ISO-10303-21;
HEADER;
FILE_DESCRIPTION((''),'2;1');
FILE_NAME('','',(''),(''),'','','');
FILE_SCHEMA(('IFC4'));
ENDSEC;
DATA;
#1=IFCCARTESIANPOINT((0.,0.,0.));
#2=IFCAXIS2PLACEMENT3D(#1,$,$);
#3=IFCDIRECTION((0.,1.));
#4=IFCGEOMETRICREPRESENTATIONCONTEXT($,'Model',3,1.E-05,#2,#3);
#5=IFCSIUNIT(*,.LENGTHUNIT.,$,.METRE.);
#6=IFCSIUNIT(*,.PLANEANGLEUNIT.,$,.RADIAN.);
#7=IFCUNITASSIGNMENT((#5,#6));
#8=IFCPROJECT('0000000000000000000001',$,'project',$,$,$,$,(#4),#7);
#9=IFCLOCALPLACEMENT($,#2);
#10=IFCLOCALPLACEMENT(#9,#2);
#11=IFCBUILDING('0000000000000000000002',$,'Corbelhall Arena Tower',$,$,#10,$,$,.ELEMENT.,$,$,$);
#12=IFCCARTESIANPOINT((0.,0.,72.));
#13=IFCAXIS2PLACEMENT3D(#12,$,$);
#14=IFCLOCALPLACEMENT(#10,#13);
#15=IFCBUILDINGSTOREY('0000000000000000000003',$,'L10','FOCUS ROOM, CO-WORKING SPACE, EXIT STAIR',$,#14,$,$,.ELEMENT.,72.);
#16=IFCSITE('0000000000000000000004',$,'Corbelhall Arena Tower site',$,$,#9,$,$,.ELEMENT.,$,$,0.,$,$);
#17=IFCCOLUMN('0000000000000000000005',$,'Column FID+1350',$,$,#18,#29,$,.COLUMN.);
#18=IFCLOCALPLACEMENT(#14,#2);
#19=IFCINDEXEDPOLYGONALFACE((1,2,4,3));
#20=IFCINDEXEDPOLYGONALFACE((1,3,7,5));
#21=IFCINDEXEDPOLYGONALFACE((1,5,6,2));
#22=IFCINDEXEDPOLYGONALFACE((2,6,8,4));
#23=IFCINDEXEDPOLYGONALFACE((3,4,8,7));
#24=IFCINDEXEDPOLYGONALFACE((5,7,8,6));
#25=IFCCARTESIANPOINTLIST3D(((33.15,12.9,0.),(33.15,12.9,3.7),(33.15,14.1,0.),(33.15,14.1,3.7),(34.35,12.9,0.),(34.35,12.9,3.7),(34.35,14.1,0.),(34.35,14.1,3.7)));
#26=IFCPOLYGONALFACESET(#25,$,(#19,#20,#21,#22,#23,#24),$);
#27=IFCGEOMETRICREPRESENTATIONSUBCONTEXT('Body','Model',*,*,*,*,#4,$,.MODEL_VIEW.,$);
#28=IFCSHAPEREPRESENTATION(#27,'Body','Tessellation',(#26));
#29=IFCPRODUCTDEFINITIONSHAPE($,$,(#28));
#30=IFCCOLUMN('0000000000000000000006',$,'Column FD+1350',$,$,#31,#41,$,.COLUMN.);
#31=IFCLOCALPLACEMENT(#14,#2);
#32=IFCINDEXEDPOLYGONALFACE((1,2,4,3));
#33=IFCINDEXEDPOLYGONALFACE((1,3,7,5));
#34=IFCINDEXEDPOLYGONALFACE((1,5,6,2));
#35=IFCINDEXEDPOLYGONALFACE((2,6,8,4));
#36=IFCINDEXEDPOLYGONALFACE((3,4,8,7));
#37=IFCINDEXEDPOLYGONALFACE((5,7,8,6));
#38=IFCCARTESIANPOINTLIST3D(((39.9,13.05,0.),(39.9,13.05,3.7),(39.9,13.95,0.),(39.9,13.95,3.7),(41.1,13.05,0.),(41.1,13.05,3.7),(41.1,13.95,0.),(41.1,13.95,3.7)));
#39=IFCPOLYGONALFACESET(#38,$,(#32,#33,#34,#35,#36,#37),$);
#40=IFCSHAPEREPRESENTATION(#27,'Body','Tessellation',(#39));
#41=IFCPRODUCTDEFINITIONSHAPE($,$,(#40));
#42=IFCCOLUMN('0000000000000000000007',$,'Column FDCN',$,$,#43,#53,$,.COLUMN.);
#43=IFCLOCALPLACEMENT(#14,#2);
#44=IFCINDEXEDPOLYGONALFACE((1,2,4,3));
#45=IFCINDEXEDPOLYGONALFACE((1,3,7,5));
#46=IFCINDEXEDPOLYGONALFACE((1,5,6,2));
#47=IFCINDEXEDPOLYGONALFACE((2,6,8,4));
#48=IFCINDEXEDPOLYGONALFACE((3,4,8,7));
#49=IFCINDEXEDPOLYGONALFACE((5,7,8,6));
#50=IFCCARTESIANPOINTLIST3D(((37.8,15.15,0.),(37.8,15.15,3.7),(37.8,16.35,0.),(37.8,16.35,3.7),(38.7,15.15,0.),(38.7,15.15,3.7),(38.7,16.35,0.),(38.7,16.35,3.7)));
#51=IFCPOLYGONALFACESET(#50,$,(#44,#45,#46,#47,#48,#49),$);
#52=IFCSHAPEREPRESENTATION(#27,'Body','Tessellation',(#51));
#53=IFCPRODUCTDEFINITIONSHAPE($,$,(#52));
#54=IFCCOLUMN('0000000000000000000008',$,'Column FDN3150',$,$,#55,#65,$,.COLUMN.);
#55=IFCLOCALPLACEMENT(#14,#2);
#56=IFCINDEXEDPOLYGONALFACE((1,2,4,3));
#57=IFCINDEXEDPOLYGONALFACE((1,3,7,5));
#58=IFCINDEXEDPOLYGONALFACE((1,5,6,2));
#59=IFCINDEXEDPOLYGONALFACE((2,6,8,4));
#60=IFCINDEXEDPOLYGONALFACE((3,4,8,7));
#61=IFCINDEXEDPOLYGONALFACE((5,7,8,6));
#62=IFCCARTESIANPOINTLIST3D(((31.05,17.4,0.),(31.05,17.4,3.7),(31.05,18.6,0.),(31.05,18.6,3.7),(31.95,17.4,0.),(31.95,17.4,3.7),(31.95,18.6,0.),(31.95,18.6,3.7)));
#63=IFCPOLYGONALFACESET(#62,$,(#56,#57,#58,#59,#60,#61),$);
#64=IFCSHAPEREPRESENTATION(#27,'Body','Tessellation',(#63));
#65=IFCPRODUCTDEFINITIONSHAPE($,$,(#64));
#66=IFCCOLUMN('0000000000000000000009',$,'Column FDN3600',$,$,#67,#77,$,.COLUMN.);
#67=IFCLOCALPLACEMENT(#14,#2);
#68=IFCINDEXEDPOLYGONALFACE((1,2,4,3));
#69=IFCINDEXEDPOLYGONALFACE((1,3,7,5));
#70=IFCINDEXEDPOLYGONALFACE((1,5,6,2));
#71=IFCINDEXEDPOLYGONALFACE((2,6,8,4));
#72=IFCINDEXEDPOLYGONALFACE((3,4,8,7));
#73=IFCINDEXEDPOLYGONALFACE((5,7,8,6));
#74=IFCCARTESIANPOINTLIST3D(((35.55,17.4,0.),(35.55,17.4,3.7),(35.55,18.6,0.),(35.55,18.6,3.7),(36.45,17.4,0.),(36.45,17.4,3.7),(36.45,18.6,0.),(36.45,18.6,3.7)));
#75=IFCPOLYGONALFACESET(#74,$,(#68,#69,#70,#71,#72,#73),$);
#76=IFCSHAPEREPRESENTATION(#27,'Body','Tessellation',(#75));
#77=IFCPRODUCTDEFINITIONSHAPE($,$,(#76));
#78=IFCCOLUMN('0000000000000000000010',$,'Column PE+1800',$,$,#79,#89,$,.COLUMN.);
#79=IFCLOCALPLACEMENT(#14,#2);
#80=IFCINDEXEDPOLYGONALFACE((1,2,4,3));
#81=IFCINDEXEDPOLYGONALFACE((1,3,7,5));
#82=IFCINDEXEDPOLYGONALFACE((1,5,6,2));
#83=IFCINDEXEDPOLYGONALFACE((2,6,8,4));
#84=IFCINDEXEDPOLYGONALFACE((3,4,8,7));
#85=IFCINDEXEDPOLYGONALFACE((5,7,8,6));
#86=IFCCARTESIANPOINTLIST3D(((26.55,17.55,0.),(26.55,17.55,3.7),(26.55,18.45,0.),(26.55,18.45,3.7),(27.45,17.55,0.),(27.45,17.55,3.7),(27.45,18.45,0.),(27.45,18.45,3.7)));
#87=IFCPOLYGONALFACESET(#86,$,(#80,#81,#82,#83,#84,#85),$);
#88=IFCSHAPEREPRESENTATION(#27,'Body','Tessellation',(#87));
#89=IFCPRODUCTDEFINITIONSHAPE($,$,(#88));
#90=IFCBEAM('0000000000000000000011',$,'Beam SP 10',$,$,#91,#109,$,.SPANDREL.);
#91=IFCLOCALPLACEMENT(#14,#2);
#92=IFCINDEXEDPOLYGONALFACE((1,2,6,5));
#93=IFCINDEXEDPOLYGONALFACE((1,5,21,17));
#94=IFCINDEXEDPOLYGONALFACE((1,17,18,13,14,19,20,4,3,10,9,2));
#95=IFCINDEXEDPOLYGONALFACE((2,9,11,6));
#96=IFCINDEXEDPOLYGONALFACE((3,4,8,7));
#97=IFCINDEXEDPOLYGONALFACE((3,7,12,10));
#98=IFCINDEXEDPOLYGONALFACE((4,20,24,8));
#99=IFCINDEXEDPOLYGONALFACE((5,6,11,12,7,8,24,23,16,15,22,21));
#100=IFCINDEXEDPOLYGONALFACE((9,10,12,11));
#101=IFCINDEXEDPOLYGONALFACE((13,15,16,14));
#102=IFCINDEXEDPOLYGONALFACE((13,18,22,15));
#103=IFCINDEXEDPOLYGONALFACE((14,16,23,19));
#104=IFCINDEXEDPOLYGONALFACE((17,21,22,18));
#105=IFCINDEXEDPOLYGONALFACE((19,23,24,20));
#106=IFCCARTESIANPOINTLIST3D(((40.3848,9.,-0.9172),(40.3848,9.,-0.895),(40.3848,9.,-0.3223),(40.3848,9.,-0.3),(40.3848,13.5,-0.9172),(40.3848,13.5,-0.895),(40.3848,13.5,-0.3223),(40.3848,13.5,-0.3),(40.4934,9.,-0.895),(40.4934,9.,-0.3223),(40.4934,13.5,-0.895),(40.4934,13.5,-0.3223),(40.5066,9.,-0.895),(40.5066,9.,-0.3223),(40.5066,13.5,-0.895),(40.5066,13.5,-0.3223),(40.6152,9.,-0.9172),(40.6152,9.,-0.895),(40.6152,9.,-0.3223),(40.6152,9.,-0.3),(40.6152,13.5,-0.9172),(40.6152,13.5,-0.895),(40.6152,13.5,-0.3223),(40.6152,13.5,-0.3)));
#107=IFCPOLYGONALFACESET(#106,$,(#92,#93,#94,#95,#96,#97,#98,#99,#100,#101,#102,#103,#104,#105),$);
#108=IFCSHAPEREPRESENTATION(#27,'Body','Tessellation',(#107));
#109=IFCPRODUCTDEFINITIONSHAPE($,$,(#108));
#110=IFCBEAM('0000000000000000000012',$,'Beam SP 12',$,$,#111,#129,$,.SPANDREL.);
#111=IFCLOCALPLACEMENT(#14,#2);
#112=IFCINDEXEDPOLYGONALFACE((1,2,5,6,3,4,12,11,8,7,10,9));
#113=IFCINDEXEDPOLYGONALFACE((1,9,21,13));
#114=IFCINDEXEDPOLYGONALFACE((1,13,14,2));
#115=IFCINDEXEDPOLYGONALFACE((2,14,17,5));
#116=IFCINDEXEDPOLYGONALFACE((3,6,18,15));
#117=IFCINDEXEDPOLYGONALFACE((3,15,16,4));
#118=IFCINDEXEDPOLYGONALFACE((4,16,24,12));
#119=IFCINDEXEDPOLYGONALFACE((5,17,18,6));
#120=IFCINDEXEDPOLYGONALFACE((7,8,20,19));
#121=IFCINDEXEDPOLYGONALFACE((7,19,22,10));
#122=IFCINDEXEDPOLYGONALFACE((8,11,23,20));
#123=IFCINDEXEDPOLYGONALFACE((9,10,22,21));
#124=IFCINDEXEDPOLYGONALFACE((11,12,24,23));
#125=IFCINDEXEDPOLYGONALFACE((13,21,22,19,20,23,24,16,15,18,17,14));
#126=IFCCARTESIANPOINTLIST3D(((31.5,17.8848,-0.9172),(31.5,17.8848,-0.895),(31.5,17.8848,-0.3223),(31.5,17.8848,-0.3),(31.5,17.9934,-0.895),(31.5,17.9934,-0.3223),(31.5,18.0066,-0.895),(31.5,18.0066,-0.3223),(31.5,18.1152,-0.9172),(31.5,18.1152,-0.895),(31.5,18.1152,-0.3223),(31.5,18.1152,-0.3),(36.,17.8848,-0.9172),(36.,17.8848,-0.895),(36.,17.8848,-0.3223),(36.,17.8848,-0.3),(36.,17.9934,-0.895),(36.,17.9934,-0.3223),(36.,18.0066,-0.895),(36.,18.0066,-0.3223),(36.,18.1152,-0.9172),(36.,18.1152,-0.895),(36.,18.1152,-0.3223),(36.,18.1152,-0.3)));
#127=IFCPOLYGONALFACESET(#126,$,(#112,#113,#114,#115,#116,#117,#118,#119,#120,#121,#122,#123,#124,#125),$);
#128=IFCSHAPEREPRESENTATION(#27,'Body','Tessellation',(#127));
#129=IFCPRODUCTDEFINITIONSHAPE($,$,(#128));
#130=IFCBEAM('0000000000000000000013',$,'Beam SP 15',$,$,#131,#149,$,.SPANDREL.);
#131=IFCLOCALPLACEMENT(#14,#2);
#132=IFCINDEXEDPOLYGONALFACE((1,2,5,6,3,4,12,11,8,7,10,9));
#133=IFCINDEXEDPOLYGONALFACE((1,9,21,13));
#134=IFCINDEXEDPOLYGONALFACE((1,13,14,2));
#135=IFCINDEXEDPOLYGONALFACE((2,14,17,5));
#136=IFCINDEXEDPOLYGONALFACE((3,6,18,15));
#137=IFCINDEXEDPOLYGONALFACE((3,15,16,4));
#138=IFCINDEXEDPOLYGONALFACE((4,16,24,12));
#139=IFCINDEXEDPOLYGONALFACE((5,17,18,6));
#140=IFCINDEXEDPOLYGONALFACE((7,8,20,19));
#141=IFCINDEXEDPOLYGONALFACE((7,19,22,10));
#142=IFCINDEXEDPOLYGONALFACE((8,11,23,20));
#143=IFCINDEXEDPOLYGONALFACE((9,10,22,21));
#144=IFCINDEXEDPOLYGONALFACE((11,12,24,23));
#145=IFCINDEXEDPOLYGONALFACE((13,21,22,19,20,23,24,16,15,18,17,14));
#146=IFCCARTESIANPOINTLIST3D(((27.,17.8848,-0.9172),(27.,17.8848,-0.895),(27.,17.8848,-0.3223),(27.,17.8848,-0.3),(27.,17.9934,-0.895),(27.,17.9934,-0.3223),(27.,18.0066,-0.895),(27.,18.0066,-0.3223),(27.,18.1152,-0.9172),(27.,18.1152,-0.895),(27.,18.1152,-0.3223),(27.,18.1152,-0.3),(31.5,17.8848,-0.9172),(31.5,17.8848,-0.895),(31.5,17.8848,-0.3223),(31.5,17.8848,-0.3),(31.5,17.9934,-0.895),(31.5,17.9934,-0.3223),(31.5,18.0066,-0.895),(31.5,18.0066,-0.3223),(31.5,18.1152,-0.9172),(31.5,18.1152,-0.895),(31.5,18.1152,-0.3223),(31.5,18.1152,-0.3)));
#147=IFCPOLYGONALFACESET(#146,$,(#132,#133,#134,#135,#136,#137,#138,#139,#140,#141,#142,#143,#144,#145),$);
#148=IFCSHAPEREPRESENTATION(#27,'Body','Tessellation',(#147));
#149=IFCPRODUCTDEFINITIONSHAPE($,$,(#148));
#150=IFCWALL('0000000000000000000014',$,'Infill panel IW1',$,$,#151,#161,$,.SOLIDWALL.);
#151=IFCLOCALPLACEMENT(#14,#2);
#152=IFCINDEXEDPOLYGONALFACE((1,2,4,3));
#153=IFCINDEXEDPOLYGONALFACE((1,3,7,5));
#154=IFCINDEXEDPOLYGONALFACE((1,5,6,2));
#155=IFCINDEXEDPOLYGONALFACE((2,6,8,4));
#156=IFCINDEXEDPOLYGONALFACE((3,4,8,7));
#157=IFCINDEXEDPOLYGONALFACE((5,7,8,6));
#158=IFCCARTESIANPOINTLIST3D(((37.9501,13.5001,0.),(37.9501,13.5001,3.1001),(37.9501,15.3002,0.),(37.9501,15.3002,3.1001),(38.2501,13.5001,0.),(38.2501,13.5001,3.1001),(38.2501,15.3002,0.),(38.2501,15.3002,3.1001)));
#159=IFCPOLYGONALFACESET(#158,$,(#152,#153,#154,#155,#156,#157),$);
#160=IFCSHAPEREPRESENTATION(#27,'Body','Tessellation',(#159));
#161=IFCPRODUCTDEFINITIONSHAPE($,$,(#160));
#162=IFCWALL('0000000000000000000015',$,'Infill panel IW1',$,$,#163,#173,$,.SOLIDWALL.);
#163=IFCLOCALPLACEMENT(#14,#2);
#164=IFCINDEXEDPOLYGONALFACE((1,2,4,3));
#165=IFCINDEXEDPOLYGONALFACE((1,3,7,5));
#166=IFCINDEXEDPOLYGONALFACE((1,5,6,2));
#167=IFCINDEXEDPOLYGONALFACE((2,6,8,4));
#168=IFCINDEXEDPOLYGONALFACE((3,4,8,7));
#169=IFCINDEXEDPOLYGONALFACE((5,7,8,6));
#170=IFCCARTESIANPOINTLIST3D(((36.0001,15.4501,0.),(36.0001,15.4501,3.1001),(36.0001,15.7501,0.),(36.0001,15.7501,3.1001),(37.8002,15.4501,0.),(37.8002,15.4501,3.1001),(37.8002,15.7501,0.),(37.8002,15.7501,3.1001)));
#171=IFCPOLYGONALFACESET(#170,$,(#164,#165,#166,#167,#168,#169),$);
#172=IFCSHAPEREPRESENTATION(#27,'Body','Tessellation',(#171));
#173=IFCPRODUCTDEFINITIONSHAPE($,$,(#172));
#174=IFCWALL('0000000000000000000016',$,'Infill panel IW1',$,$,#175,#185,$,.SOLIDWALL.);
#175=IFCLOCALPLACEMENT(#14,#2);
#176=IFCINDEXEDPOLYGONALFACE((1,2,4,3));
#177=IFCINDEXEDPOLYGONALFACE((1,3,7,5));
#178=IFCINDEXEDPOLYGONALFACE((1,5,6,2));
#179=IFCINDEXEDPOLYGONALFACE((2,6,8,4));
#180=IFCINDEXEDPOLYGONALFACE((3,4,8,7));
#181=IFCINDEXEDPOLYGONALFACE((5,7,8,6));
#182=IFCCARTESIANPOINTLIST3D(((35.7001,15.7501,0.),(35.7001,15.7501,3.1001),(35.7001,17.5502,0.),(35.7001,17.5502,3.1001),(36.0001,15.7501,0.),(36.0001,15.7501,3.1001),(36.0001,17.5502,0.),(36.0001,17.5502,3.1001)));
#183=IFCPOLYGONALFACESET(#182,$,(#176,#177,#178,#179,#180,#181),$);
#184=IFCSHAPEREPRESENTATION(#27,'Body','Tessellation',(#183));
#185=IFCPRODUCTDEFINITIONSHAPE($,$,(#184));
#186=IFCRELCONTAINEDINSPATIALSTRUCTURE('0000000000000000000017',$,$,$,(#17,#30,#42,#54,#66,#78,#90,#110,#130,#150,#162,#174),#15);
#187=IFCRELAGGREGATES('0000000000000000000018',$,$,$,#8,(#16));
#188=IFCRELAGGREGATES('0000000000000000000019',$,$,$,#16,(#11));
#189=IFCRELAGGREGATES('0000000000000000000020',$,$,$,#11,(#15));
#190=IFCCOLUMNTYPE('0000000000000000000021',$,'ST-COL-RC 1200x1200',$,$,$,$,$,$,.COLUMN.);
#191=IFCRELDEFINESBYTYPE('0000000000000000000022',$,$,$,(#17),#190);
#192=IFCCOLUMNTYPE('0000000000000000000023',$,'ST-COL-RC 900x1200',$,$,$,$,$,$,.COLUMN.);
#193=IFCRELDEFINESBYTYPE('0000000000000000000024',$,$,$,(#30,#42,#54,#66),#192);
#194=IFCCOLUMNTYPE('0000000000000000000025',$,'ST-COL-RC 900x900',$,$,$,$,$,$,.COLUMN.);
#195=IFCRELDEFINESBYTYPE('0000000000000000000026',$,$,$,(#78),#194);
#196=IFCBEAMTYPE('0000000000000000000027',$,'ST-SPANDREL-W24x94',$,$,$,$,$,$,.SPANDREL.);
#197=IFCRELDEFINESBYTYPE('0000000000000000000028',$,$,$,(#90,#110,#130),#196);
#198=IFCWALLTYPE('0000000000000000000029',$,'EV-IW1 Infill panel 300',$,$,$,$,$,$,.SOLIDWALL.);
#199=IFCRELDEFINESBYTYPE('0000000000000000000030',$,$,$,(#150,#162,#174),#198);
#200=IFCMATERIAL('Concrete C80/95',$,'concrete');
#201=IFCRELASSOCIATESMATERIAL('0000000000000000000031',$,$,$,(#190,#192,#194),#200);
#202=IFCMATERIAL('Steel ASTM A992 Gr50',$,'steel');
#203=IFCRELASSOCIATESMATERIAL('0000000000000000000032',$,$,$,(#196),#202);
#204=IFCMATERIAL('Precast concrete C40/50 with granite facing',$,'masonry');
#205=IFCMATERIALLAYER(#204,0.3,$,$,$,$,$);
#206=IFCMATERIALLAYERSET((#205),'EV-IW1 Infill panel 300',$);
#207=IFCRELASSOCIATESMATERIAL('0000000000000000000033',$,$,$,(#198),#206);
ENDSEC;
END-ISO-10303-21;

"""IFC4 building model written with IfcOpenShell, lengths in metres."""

from ifc_helpers import new_model, si_unit, direction, frame, frame_2d, origin, origin_2d, place, context, subcontext, project, spatial, rectangle, i_section, extrude, material, layer, layer_set, material_profile, profile_set, type_object, element, save


model = new_model("IFC4")

# Units and contexts
model_context = context("Model", 3, precision=1e-05, world=origin(), true_north=direction((0.0, 1.0)))
body_context = subcontext(model_context, "Body", "Model", "MODEL_VIEW")
ifc_project = project(units=[si_unit("LENGTHUNIT", "METRE"), si_unit("PLANEANGLEUNIT", "RADIAN")], contexts=[model_context])

# Site, building, storey
site_placement = place(None, origin())
site = spatial("IfcSite", under=ifc_project, at=site_placement, Name="Corbelhall Arena Tower site", CompositionType="ELEMENT", RefElevation=0.0)
building_placement = place(site_placement, origin())
building = spatial("IfcBuilding", under=site, at=building_placement, Name="Corbelhall Arena Tower", CompositionType="ELEMENT")
storey_placement = place(building_placement, frame((0.0, 0.0, 72.0)))
storey = spatial("IfcBuildingStorey", under=building, at=storey_placement, Name="L10", Description="FOCUS ROOM, CO-WORKING SPACE, EXIT STAIR", CompositionType="ELEMENT", Elevation=72.0)

# Columns
ifc_material_1 = material(Name="Concrete C80/95", Category="concrete")
ifc_material_profile_1 = material_profile(ifc_material_1, rectangle(XDim=1.2, YDim=1.2, at=origin_2d()))
ifc_profile_set_1 = profile_set([ifc_material_profile_1], Name="Concrete C80/95")
column_type_1 = type_object("IfcColumnType", Name="ST-COL-RC 1200x1200", PredefinedType="COLUMN", material=ifc_profile_set_1)
column_1_placement = place(storey_placement, frame((33.75, 13.5, 0.0), z_axis=(0.0, 0.0, 1.0), x_axis=(1.0, 0.0, 0.0)))
element("IfcColumn", 1, at=column_1_placement, inside=storey, type_object=column_type_1, Name="Column FID+1350", PredefinedType="COLUMN", context=body_context, shape_type="SweptSolid", body=[
    extrude(rectangle(XDim=1.2, YDim=1.2, at=origin_2d()), origin(), (0.0, 0.0, 1.0), 3.7),
])
ifc_material_profile_2 = material_profile(ifc_material_1, rectangle(XDim=0.8999, YDim=1.2, at=origin_2d()))
ifc_profile_set_2 = profile_set([ifc_material_profile_2], Name="Concrete C80/95")
column_type_2 = type_object("IfcColumnType", Name="ST-COL-RC 900x1200", PredefinedType="COLUMN", material=ifc_profile_set_2)
for number, where, z_axis, x_axis, name in (
    (2, (40.5, 13.5, 0.0), (0.0, 0.0, 1.0), (0.0, 1.0, 0.0), "Column FD+1350"),
    (3, (38.25, 15.75, 0.0), (0.0, 0.0, 1.0), (1.0, 0.0, 0.0), "Column FDCN"),
    (4, (31.5, 18.0, 0.0), (0.0, 0.0, 1.0), (1.0, 0.0, 0.0), "Column FDN3150"),
    (5, (36.0, 18.0, 0.0), (0.0, 0.0, 1.0), (1.0, 0.0, 0.0), "Column FDN3600"),
):
    element("IfcColumn", number, at=place(storey_placement, frame(where, z_axis=z_axis, x_axis=x_axis)), inside=storey, type_object=column_type_2, Name=name, PredefinedType="COLUMN", context=body_context, shape_type="SweptSolid", body=[
        extrude(rectangle(XDim=0.8999, YDim=1.2, at=origin_2d()), origin(), (0.0, 0.0, 1.0), 3.7),
    ])
ifc_material_profile_3 = material_profile(ifc_material_1, rectangle(XDim=0.8999, YDim=0.8999, at=origin_2d()))
ifc_profile_set_3 = profile_set([ifc_material_profile_3], Name="Concrete C80/95")
column_type_3 = type_object("IfcColumnType", Name="ST-COL-RC 900x900", PredefinedType="COLUMN", material=ifc_profile_set_3)
column_2_placement = place(storey_placement, frame((27.0, 18.0, 0.0), z_axis=(0.0, 0.0, 1.0), x_axis=(1.0, 0.0, 0.0)))
element("IfcColumn", 6, at=column_2_placement, inside=storey, type_object=column_type_3, Name="Column PE+1800", PredefinedType="COLUMN", context=body_context, shape_type="SweptSolid", body=[
    extrude(rectangle(XDim=0.8999, YDim=0.8999, at=origin_2d()), origin(), (0.0, 0.0, 1.0), 3.7),
])

# Beams
ifc_material_2 = material(Name="Steel ASTM A992 Gr50", Category="steel")
ifc_material_profile_4 = material_profile(ifc_material_2, i_section(OverallWidth=0.2305, OverallDepth=0.6172, WebThickness=0.0132, FlangeThickness=0.0222, at=origin_2d()))
ifc_profile_set_4 = profile_set([ifc_material_profile_4], Name="Steel ASTM A992 Gr50")
beam_type = type_object("IfcBeamType", Name="ST-SPANDREL-W24x94", PredefinedType="SPANDREL", material=ifc_profile_set_4)
for number, where, z_axis, x_axis, name in (
    (7, (40.5, 13.5, -0.6086), (0.0, -1.0, 0.0), (1.0, 0.0, 0.0), "Beam SP 10"),
    (8, (31.5, 18.0, -0.6086), (1.0, 0.0, 0.0), (0.0, 1.0, 0.0), "Beam SP 12"),
    (9, (27.0, 18.0, -0.6086), (1.0, 0.0, 0.0), (0.0, 1.0, 0.0), "Beam SP 15"),
):
    element("IfcBeam", number, at=place(storey_placement, frame(where, z_axis=z_axis, x_axis=x_axis)), inside=storey, type_object=beam_type, Name=name, PredefinedType="SPANDREL", context=body_context, shape_type="SweptSolid", body=[
        extrude(i_section(OverallWidth=0.2305, OverallDepth=0.6172, WebThickness=0.0132, FlangeThickness=0.0222, at=origin_2d()), origin(), (0.0, 0.0, 1.0), 4.5),
    ])

# Walls
ifc_material_3 = material(Name="Precast concrete C40/50 with granite facing", Category="masonry")
ifc_layer = layer(ifc_material_3, 0.3)
ifc_layer_set = layer_set([ifc_layer], Name="EV-IW1 Infill panel 300")
wall_type = type_object("IfcWallType", Name="EV-IW1 Infill panel 300", PredefinedType="SOLIDWALL", material=ifc_layer_set)
for number, where, z_axis, x_axis, name in (
    (10, (38.1001, 15.3, 0.0), (0.0, 0.0, 1.0), (0.0, -1.0, 0.0), "Infill panel IW1"),
    (11, (37.8, 15.6001, 0.0), (0.0, 0.0, 1.0), (-1.0, 0.0, 0.0), "Infill panel IW1"),
    (12, (35.8501, 17.55, 0.0), (0.0, 0.0, 1.0), (0.0, -1.0, 0.0), "Infill panel IW1"),
):
    element("IfcWall", number, at=place(storey_placement, frame(where, z_axis=z_axis, x_axis=x_axis)), inside=storey, type_object=wall_type, Name=name, PredefinedType="SOLIDWALL", context=body_context, shape_type="SweptSolid", body=[
        extrude(rectangle(XDim=1.8, YDim=0.3, at=frame_2d((0.8999, 0.0))), origin(), (0.0, 0.0, 1.0), 3.1001),
    ])

save(model, "model.ifc")
